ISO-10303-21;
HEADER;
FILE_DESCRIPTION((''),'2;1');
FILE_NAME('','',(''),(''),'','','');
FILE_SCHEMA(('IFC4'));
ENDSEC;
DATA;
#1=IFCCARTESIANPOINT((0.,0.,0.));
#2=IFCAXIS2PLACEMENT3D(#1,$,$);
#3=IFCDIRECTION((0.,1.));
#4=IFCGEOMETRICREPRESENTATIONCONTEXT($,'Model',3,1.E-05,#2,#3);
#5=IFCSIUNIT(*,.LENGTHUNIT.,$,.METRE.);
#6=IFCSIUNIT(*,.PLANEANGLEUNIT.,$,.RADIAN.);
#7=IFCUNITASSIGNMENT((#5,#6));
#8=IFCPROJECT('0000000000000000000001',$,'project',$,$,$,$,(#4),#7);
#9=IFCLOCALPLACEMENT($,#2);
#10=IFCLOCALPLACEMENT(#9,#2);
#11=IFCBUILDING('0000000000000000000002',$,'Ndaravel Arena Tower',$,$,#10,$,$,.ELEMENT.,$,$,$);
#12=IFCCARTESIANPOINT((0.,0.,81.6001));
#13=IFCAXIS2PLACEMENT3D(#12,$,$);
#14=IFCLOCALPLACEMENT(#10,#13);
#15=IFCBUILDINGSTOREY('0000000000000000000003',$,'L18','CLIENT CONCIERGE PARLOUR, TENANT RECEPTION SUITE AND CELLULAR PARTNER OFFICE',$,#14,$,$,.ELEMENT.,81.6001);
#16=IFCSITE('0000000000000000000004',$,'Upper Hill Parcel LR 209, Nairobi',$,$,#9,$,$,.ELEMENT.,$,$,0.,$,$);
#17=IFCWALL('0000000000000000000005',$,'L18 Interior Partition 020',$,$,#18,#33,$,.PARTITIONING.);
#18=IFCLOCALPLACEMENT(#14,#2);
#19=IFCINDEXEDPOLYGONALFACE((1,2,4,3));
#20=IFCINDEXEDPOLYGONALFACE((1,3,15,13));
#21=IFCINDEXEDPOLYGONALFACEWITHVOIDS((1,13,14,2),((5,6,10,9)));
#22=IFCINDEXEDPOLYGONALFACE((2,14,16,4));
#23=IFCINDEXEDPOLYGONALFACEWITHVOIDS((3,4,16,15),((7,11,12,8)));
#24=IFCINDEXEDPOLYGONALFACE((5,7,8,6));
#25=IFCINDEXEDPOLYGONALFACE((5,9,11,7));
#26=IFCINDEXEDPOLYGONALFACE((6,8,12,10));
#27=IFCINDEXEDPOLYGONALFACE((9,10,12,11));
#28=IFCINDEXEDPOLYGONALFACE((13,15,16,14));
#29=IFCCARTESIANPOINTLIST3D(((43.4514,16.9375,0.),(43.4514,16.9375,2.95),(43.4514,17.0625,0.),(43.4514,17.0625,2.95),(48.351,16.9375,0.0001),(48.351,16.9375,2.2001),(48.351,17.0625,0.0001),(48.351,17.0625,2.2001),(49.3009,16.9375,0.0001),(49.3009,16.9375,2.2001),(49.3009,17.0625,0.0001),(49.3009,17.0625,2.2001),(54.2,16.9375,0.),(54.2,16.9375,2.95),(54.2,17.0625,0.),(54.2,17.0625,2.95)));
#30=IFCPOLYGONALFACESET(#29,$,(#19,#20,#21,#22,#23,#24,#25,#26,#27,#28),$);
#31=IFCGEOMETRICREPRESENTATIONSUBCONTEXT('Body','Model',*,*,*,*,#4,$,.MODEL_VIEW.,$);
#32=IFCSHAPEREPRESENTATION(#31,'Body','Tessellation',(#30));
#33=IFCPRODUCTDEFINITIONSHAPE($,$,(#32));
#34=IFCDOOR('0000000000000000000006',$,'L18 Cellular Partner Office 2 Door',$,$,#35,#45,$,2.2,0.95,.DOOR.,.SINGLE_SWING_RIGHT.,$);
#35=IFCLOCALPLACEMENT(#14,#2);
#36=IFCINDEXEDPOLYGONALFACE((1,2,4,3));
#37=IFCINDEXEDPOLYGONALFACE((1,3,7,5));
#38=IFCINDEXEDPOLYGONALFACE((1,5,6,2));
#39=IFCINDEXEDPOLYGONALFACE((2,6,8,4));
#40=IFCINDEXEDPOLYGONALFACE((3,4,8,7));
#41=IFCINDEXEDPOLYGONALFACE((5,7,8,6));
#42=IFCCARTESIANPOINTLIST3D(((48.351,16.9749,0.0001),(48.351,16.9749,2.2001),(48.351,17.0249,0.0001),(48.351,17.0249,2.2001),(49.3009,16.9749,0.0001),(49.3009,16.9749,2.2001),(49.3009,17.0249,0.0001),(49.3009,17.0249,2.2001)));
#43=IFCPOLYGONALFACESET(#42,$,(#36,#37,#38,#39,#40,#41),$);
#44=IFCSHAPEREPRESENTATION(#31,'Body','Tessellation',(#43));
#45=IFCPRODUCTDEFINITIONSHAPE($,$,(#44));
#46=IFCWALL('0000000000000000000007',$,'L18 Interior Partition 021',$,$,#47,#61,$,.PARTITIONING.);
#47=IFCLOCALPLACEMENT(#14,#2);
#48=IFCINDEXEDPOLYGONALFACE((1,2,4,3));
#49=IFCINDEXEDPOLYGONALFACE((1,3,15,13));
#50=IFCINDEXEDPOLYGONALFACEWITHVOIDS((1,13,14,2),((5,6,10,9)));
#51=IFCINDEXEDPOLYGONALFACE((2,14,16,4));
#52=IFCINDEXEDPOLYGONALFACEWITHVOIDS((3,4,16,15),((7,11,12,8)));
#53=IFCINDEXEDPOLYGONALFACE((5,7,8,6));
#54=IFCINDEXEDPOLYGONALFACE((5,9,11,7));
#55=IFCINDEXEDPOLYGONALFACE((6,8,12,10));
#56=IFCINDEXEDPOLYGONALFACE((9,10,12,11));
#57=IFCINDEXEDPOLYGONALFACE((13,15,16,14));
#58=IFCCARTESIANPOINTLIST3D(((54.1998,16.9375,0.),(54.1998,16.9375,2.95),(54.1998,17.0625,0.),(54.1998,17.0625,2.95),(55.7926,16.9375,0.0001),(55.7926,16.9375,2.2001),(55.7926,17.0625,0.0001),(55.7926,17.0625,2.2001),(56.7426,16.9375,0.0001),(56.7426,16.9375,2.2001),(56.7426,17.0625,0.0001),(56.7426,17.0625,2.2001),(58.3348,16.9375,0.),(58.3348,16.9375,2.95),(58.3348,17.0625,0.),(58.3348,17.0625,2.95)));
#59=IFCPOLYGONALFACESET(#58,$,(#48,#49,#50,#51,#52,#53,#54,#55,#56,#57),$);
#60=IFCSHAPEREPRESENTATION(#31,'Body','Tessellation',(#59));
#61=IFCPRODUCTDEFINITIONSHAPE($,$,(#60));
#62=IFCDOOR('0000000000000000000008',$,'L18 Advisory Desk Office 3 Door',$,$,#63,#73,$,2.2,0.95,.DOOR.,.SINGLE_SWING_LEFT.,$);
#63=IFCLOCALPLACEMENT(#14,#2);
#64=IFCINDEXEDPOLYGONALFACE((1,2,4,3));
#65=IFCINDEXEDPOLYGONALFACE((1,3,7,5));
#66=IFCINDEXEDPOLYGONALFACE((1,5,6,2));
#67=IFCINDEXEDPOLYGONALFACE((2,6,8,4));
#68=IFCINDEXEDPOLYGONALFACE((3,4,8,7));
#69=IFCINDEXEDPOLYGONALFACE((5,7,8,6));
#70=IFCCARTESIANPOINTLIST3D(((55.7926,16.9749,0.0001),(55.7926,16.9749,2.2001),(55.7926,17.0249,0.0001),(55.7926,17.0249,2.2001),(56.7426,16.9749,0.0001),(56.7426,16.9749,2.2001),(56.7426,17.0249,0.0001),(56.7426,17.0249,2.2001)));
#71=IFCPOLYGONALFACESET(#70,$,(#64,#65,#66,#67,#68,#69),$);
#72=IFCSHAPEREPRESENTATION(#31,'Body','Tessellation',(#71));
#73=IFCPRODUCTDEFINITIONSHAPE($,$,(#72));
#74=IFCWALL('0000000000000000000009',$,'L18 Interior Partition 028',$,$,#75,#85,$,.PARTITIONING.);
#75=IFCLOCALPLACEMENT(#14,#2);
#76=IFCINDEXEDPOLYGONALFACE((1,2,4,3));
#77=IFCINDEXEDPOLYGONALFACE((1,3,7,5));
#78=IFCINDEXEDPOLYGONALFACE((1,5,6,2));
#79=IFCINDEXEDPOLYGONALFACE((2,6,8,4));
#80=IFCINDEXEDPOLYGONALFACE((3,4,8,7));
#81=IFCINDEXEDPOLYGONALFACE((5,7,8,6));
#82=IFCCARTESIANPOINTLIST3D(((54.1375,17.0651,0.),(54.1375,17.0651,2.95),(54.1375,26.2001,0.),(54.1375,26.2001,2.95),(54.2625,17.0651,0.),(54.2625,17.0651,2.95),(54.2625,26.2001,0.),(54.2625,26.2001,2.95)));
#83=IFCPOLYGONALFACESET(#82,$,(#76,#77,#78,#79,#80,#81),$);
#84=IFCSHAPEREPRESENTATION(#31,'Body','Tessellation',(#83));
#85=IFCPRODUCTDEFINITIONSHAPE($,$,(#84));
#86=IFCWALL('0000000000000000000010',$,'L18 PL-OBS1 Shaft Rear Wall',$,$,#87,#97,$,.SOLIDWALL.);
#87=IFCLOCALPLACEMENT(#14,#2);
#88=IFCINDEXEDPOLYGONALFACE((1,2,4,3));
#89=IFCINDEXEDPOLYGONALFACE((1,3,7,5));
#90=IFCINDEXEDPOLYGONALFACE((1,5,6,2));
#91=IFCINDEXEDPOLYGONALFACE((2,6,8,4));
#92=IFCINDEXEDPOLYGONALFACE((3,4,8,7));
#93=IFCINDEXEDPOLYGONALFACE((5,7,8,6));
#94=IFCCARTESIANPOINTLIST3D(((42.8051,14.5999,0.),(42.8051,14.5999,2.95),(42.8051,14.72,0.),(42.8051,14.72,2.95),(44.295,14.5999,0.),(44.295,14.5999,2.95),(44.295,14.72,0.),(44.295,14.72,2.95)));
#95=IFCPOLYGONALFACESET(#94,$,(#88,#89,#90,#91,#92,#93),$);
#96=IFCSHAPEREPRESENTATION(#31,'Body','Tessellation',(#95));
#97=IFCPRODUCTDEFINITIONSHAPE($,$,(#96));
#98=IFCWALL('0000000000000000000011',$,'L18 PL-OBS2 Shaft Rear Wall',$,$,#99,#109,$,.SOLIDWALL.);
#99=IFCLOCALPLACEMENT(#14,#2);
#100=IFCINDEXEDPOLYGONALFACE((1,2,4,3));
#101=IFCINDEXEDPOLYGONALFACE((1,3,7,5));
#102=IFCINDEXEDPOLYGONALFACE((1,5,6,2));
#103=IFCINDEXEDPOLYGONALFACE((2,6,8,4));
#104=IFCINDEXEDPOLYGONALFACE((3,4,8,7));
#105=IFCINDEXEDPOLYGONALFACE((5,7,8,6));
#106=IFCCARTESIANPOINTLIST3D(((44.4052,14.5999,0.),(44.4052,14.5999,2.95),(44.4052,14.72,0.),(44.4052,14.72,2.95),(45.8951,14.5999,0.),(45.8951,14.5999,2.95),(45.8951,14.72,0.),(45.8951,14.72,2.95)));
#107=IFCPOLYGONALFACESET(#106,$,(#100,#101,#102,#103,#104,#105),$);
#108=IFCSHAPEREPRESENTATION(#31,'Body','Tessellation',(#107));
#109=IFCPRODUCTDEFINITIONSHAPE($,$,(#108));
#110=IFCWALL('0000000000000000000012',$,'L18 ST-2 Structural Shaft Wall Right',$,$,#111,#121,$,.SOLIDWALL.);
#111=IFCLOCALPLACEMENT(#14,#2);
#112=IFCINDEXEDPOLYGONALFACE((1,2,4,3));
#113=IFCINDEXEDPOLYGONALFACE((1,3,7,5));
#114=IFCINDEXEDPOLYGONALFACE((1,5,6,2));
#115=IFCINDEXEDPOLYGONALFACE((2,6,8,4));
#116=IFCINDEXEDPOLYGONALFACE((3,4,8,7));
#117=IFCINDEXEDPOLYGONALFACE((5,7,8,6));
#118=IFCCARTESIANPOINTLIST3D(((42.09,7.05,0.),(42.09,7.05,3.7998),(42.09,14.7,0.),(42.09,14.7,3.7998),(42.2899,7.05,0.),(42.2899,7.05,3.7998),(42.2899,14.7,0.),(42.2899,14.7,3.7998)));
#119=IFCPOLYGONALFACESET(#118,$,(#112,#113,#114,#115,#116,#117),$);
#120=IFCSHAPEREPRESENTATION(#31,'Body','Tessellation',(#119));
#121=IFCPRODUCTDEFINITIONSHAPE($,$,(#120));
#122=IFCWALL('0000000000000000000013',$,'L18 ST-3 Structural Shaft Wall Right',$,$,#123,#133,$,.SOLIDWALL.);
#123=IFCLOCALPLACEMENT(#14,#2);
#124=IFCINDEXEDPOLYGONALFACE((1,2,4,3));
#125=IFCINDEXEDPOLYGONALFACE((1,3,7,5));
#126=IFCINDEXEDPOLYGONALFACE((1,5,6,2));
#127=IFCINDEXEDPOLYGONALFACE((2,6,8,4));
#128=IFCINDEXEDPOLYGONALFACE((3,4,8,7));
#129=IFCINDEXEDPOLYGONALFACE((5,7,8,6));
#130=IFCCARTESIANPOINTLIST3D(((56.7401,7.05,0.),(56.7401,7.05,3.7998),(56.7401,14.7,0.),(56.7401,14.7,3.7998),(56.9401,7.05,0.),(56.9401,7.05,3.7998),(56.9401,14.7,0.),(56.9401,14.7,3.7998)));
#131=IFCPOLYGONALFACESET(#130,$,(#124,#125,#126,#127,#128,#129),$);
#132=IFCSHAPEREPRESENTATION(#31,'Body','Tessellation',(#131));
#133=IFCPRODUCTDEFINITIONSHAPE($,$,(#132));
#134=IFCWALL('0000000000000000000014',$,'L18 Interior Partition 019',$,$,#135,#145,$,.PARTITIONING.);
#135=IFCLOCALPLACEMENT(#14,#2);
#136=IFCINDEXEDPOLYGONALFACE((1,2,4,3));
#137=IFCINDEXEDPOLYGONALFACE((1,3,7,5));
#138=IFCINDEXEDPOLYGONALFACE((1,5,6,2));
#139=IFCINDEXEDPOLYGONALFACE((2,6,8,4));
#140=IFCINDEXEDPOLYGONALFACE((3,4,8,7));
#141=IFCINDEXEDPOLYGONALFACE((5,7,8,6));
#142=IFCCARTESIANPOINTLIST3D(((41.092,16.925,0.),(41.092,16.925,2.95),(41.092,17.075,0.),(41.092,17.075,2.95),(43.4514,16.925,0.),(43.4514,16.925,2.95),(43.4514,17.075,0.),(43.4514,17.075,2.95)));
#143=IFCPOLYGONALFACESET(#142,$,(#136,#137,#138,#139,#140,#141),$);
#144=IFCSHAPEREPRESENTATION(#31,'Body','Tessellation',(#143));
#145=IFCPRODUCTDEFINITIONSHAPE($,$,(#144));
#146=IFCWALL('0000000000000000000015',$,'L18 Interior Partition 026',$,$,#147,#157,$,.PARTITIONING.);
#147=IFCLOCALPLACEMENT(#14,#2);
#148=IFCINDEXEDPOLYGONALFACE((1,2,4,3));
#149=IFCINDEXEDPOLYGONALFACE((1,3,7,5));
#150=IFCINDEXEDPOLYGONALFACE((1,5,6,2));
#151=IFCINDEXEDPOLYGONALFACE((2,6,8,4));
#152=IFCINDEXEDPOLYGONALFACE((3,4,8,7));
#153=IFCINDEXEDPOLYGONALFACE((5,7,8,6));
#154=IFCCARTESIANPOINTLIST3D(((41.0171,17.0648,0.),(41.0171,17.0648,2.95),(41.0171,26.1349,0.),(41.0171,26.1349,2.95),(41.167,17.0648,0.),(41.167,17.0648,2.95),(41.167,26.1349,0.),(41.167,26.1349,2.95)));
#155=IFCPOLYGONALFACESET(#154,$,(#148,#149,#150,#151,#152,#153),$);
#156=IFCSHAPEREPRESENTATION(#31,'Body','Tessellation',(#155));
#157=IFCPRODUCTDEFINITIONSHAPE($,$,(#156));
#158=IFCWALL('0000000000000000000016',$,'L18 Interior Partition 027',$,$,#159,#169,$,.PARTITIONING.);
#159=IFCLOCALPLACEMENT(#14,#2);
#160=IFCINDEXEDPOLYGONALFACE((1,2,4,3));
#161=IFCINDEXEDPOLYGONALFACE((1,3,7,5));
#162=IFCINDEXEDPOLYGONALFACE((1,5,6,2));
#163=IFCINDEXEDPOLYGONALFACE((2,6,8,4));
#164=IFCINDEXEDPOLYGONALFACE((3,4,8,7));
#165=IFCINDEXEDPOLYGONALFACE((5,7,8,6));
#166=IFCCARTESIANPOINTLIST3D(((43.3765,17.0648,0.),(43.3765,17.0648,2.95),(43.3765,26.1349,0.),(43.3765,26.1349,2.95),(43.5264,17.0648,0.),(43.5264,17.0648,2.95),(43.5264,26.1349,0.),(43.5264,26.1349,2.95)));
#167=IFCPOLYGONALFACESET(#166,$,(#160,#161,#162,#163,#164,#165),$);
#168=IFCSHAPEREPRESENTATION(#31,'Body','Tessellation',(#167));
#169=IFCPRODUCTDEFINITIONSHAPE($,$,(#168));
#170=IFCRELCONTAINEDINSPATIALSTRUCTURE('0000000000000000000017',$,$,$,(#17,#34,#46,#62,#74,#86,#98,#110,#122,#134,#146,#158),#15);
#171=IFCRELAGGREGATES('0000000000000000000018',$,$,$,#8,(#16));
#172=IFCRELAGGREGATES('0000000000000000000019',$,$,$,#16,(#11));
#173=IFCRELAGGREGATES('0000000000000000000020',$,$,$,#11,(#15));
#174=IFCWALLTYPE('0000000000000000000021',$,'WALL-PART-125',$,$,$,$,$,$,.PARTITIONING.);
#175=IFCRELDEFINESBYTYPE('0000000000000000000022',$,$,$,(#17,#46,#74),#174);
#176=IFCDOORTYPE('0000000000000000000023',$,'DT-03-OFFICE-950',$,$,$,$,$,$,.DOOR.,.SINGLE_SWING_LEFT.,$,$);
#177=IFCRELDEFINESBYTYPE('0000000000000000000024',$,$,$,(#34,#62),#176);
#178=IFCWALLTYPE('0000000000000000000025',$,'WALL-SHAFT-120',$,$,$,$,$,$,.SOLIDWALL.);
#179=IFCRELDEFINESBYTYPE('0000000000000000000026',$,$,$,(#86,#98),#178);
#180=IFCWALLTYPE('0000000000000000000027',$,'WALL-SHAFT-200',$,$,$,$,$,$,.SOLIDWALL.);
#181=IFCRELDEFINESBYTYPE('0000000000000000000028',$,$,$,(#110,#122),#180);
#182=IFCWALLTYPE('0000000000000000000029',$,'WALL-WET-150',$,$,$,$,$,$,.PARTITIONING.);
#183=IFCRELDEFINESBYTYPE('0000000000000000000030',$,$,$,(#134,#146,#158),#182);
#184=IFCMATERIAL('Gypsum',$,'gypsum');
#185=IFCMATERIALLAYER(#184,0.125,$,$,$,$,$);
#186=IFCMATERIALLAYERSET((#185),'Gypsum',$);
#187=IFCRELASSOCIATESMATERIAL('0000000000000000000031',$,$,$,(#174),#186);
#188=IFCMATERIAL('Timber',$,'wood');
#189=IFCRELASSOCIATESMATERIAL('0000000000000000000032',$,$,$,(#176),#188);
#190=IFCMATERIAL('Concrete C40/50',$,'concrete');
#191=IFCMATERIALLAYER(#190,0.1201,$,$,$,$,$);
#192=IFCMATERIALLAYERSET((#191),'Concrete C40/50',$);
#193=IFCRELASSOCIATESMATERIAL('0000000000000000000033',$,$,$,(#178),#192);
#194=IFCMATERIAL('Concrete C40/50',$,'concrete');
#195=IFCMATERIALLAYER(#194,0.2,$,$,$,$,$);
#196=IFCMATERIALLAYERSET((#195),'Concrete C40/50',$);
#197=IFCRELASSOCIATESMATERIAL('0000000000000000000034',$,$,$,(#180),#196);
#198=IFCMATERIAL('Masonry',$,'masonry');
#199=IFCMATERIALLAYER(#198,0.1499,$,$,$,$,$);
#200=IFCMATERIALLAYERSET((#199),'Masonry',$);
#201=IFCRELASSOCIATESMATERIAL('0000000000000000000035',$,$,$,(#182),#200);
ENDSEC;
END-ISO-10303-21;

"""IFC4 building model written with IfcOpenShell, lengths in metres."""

from ifc_helpers import new_model, si_unit, direction, frame, frame_2d, origin, place, context, subcontext, project, spatial, rectangle, extrude, material, layer, layer_set, type_object, element, fill, save


model = new_model("IFC4")

# Units and contexts
model_context = context("Model", 3, precision=1e-05, world=origin(), true_north=direction((0.0, 1.0)))
body_context = subcontext(model_context, "Body", "Model", "MODEL_VIEW")
ifc_project = project(units=[si_unit("LENGTHUNIT", "METRE"), si_unit("PLANEANGLEUNIT", "RADIAN")], contexts=[model_context])

# Site, building, storey
site_placement = place(None, origin())
site = spatial("IfcSite", under=ifc_project, at=site_placement, Name="Upper Hill Parcel LR 209, Nairobi", CompositionType="ELEMENT", RefElevation=0.0)
building_placement = place(site_placement, origin())
building = spatial("IfcBuilding", under=site, at=building_placement, Name="Ndaravel Arena Tower", CompositionType="ELEMENT")
storey_placement = place(building_placement, frame((0.0, 0.0, 81.6001)))
storey = spatial("IfcBuildingStorey", under=building, at=storey_placement, Name="L18", Description="CLIENT CONCIERGE PARLOUR, TENANT RECEPTION SUITE AND CELLULAR PARTNER OFFICE", CompositionType="ELEMENT", Elevation=81.6001)

# Shared definitions
ifc_material_1 = material(Name="Gypsum", Category="gypsum")
ifc_layer_1 = layer(ifc_material_1, 0.125)
ifc_layer_set_1 = layer_set([ifc_layer_1], Name="Gypsum")
wall_type_1 = type_object("IfcWallType", Name="WALL-PART-125", PredefinedType="PARTITIONING", material=ifc_layer_set_1)

# Walls, openings, doors
wall_1_placement = place(storey_placement, frame((43.4514, 17.0, 0.0), z_axis=(0.0, 0.0, 1.0), x_axis=(1.0, 0.0, 0.0)))
wall_1 = element("IfcWall", 1, at=wall_1_placement, inside=storey, type_object=wall_type_1, Name="L18 Interior Partition 020", PredefinedType="PARTITIONING", context=body_context, shape_type="SweptSolid", body=[
    extrude(rectangle(XDim=10.7485, YDim=0.125, at=frame_2d((5.3743, 0.0))), origin(), (0.0, 0.0, 1.0), 2.95),
])
opening_1_placement = place(wall_1_placement, frame((4.8994, 0.0, 0.0)))
opening_1 = element("IfcOpeningElement", 2, at=opening_1_placement, cuts=wall_1, PredefinedType="OPENING", context=body_context, shape_type="SweptSolid", body=[
    extrude(rectangle(XDim=0.95, YDim=2.2, at=frame_2d((0.4751, 1.1001))), frame((0.0, 0.0625, 0.0), z_axis=(0.0, -1.0, 0.0), x_axis=(1.0, 0.0, 0.0)), (0.0, 0.0, 1.0), 0.125),
])
ifc_material_2 = material(Name="Timber", Category="wood")
door_type_1 = type_object("IfcDoorType", Name="DT-03-OFFICE-950", OperationType="SINGLE_SWING_LEFT", PredefinedType="DOOR", material=ifc_material_2)
door_1_placement = place(opening_1_placement, origin())
door_1 = element("IfcDoor", 3, at=door_1_placement, inside=storey, type_object=door_type_1, Name="L18 Cellular Partner Office 2 Door", OperationType="SINGLE_SWING_RIGHT", OverallHeight=2.2, OverallWidth=0.95, PredefinedType="DOOR", context=body_context, shape_type="SweptSolid", body=[
    extrude(rectangle(XDim=0.95, YDim=2.2, at=frame_2d((0.4751, 1.1001))), frame((0.0, 0.0249, 0.0), z_axis=(0.0, -1.0, 0.0), x_axis=(1.0, 0.0, 0.0)), (0.0, 0.0, 1.0), 0.05),
])
fill(opening_1, door_1)
wall_2_placement = place(storey_placement, frame((54.2, 17.0, 0.0), z_axis=(0.0, 0.0, 1.0), x_axis=(1.0, 0.0, 0.0)))
wall_2 = element("IfcWall", 4, at=wall_2_placement, inside=storey, type_object=wall_type_1, Name="L18 Interior Partition 021", PredefinedType="PARTITIONING", context=body_context, shape_type="SweptSolid", body=[
    extrude(rectangle(XDim=4.135, YDim=0.125, at=frame_2d((2.0674, 0.0))), origin(), (0.0, 0.0, 1.0), 2.95),
])
opening_2_placement = place(wall_2_placement, frame((1.5925, 0.0, 0.0)))
opening_2 = element("IfcOpeningElement", 5, at=opening_2_placement, cuts=wall_2, PredefinedType="OPENING", context=body_context, shape_type="SweptSolid", body=[
    extrude(rectangle(XDim=0.95, YDim=2.2, at=frame_2d((0.4751, 1.1001))), frame((0.0, 0.0625, 0.0), z_axis=(0.0, -1.0, 0.0), x_axis=(1.0, 0.0, 0.0)), (0.0, 0.0, 1.0), 0.125),
])
door_2_placement = place(opening_2_placement, origin())
door_2 = element("IfcDoor", 6, at=door_2_placement, inside=storey, type_object=door_type_1, Name="L18 Advisory Desk Office 3 Door", OperationType="SINGLE_SWING_LEFT", OverallHeight=2.2, OverallWidth=0.95, PredefinedType="DOOR", context=body_context, shape_type="SweptSolid", body=[
    extrude(rectangle(XDim=0.95, YDim=2.2, at=frame_2d((0.4751, 1.1001))), frame((0.0, 0.0249, 0.0), z_axis=(0.0, -1.0, 0.0), x_axis=(1.0, 0.0, 0.0)), (0.0, 0.0, 1.0), 0.05),
])
fill(opening_2, door_2)

# Walls
wall_3_placement = place(storey_placement, frame((54.2, 26.2, 0.0), z_axis=(0.0, 0.0, 1.0), x_axis=(0.0, -1.0, 0.0)))
element("IfcWall", 7, at=wall_3_placement, inside=storey, type_object=wall_type_1, Name="L18 Interior Partition 028", PredefinedType="PARTITIONING", context=body_context, shape_type="SweptSolid", body=[
    extrude(rectangle(XDim=9.135, YDim=0.125, at=frame_2d((4.5674, 0.0))), origin(), (0.0, 0.0, 1.0), 2.95),
])
ifc_material_3 = material(Name="Concrete C40/50", Category="concrete")
ifc_layer_2 = layer(ifc_material_3, 0.1201)
ifc_layer_set_2 = layer_set([ifc_layer_2], Name="Concrete C40/50")
wall_type_2 = type_object("IfcWallType", Name="WALL-SHAFT-120", PredefinedType="SOLIDWALL", material=ifc_layer_set_2)
for number, where, z_axis, x_axis, name in (
    (8, (42.8049, 14.6599, 0.0), (0.0, 0.0, 1.0), (1.0, 0.0, 0.0), "L18 PL-OBS1 Shaft Rear Wall"),
    (9, (44.405, 14.6599, 0.0), (0.0, 0.0, 1.0), (1.0, 0.0, 0.0), "L18 PL-OBS2 Shaft Rear Wall"),
):
    element("IfcWall", number, at=place(storey_placement, frame(where, z_axis=z_axis, x_axis=x_axis)), inside=storey, type_object=wall_type_2, Name=name, PredefinedType="SOLIDWALL", context=body_context, shape_type="SweptSolid", body=[
        extrude(rectangle(XDim=1.49, YDim=0.1201, at=frame_2d((0.7451, 0.0))), origin(), (0.0, 0.0, 1.0), 2.95),
    ])
ifc_material_4 = material(Name="Concrete C40/50", Category="concrete")
ifc_layer_3 = layer(ifc_material_4, 0.2)
ifc_layer_set_3 = layer_set([ifc_layer_3], Name="Concrete C40/50")
wall_type_3 = type_object("IfcWallType", Name="WALL-SHAFT-200", PredefinedType="SOLIDWALL", material=ifc_layer_set_3)
for number, where, z_axis, x_axis, name in (
    (10, (42.1899, 14.7, 0.0), (0.0, 0.0, 1.0), (0.0, -1.0, 0.0), "L18 ST-2 Structural Shaft Wall Right"),
    (11, (56.8401, 14.7, 0.0), (0.0, 0.0, 1.0), (0.0, -1.0, 0.0), "L18 ST-3 Structural Shaft Wall Right"),
):
    element("IfcWall", number, at=place(storey_placement, frame(where, z_axis=z_axis, x_axis=x_axis)), inside=storey, type_object=wall_type_3, Name=name, PredefinedType="SOLIDWALL", context=body_context, shape_type="SweptSolid", body=[
        extrude(rectangle(XDim=7.6499, YDim=0.2, at=frame_2d((3.825, 0.0))), origin(), (0.0, 0.0, 1.0), 3.7998),
    ])

# Shared definitions
ifc_material_5 = material(Name="Masonry", Category="masonry")
ifc_layer_4 = layer(ifc_material_5, 0.1499)
ifc_layer_set_4 = layer_set([ifc_layer_4], Name="Masonry")
wall_type_4 = type_object("IfcWallType", Name="WALL-WET-150", PredefinedType="PARTITIONING", material=ifc_layer_set_4)

# Walls
wall_4_placement = place(storey_placement, frame((41.092, 17.0, 0.0), z_axis=(0.0, 0.0, 1.0), x_axis=(1.0, 0.0, 0.0)))
element("IfcWall", 12, at=wall_4_placement, inside=storey, type_object=wall_type_4, Name="L18 Interior Partition 019", PredefinedType="PARTITIONING", context=body_context, shape_type="SweptSolid", body=[
    extrude(rectangle(XDim=2.3594, YDim=0.1499, at=frame_2d((1.1797, 0.0))), origin(), (0.0, 0.0, 1.0), 2.95),
])
for number, where, z_axis, x_axis, name in (
    (13, (41.092, 26.135, 0.0), (0.0, 0.0, 1.0), (0.0, -1.0, 0.0), "L18 Interior Partition 026"),
    (14, (43.4514, 26.135, 0.0), (0.0, 0.0, 1.0), (0.0, -1.0, 0.0), "L18 Interior Partition 027"),
):
    element("IfcWall", number, at=place(storey_placement, frame(where, z_axis=z_axis, x_axis=x_axis)), inside=storey, type_object=wall_type_4, Name=name, PredefinedType="PARTITIONING", context=body_context, shape_type="SweptSolid", body=[
        extrude(rectangle(XDim=9.0701, YDim=0.1499, at=frame_2d((4.5352, 0.0))), origin(), (0.0, 0.0, 1.0), 2.95),
    ])

save(model, "model.ifc")
